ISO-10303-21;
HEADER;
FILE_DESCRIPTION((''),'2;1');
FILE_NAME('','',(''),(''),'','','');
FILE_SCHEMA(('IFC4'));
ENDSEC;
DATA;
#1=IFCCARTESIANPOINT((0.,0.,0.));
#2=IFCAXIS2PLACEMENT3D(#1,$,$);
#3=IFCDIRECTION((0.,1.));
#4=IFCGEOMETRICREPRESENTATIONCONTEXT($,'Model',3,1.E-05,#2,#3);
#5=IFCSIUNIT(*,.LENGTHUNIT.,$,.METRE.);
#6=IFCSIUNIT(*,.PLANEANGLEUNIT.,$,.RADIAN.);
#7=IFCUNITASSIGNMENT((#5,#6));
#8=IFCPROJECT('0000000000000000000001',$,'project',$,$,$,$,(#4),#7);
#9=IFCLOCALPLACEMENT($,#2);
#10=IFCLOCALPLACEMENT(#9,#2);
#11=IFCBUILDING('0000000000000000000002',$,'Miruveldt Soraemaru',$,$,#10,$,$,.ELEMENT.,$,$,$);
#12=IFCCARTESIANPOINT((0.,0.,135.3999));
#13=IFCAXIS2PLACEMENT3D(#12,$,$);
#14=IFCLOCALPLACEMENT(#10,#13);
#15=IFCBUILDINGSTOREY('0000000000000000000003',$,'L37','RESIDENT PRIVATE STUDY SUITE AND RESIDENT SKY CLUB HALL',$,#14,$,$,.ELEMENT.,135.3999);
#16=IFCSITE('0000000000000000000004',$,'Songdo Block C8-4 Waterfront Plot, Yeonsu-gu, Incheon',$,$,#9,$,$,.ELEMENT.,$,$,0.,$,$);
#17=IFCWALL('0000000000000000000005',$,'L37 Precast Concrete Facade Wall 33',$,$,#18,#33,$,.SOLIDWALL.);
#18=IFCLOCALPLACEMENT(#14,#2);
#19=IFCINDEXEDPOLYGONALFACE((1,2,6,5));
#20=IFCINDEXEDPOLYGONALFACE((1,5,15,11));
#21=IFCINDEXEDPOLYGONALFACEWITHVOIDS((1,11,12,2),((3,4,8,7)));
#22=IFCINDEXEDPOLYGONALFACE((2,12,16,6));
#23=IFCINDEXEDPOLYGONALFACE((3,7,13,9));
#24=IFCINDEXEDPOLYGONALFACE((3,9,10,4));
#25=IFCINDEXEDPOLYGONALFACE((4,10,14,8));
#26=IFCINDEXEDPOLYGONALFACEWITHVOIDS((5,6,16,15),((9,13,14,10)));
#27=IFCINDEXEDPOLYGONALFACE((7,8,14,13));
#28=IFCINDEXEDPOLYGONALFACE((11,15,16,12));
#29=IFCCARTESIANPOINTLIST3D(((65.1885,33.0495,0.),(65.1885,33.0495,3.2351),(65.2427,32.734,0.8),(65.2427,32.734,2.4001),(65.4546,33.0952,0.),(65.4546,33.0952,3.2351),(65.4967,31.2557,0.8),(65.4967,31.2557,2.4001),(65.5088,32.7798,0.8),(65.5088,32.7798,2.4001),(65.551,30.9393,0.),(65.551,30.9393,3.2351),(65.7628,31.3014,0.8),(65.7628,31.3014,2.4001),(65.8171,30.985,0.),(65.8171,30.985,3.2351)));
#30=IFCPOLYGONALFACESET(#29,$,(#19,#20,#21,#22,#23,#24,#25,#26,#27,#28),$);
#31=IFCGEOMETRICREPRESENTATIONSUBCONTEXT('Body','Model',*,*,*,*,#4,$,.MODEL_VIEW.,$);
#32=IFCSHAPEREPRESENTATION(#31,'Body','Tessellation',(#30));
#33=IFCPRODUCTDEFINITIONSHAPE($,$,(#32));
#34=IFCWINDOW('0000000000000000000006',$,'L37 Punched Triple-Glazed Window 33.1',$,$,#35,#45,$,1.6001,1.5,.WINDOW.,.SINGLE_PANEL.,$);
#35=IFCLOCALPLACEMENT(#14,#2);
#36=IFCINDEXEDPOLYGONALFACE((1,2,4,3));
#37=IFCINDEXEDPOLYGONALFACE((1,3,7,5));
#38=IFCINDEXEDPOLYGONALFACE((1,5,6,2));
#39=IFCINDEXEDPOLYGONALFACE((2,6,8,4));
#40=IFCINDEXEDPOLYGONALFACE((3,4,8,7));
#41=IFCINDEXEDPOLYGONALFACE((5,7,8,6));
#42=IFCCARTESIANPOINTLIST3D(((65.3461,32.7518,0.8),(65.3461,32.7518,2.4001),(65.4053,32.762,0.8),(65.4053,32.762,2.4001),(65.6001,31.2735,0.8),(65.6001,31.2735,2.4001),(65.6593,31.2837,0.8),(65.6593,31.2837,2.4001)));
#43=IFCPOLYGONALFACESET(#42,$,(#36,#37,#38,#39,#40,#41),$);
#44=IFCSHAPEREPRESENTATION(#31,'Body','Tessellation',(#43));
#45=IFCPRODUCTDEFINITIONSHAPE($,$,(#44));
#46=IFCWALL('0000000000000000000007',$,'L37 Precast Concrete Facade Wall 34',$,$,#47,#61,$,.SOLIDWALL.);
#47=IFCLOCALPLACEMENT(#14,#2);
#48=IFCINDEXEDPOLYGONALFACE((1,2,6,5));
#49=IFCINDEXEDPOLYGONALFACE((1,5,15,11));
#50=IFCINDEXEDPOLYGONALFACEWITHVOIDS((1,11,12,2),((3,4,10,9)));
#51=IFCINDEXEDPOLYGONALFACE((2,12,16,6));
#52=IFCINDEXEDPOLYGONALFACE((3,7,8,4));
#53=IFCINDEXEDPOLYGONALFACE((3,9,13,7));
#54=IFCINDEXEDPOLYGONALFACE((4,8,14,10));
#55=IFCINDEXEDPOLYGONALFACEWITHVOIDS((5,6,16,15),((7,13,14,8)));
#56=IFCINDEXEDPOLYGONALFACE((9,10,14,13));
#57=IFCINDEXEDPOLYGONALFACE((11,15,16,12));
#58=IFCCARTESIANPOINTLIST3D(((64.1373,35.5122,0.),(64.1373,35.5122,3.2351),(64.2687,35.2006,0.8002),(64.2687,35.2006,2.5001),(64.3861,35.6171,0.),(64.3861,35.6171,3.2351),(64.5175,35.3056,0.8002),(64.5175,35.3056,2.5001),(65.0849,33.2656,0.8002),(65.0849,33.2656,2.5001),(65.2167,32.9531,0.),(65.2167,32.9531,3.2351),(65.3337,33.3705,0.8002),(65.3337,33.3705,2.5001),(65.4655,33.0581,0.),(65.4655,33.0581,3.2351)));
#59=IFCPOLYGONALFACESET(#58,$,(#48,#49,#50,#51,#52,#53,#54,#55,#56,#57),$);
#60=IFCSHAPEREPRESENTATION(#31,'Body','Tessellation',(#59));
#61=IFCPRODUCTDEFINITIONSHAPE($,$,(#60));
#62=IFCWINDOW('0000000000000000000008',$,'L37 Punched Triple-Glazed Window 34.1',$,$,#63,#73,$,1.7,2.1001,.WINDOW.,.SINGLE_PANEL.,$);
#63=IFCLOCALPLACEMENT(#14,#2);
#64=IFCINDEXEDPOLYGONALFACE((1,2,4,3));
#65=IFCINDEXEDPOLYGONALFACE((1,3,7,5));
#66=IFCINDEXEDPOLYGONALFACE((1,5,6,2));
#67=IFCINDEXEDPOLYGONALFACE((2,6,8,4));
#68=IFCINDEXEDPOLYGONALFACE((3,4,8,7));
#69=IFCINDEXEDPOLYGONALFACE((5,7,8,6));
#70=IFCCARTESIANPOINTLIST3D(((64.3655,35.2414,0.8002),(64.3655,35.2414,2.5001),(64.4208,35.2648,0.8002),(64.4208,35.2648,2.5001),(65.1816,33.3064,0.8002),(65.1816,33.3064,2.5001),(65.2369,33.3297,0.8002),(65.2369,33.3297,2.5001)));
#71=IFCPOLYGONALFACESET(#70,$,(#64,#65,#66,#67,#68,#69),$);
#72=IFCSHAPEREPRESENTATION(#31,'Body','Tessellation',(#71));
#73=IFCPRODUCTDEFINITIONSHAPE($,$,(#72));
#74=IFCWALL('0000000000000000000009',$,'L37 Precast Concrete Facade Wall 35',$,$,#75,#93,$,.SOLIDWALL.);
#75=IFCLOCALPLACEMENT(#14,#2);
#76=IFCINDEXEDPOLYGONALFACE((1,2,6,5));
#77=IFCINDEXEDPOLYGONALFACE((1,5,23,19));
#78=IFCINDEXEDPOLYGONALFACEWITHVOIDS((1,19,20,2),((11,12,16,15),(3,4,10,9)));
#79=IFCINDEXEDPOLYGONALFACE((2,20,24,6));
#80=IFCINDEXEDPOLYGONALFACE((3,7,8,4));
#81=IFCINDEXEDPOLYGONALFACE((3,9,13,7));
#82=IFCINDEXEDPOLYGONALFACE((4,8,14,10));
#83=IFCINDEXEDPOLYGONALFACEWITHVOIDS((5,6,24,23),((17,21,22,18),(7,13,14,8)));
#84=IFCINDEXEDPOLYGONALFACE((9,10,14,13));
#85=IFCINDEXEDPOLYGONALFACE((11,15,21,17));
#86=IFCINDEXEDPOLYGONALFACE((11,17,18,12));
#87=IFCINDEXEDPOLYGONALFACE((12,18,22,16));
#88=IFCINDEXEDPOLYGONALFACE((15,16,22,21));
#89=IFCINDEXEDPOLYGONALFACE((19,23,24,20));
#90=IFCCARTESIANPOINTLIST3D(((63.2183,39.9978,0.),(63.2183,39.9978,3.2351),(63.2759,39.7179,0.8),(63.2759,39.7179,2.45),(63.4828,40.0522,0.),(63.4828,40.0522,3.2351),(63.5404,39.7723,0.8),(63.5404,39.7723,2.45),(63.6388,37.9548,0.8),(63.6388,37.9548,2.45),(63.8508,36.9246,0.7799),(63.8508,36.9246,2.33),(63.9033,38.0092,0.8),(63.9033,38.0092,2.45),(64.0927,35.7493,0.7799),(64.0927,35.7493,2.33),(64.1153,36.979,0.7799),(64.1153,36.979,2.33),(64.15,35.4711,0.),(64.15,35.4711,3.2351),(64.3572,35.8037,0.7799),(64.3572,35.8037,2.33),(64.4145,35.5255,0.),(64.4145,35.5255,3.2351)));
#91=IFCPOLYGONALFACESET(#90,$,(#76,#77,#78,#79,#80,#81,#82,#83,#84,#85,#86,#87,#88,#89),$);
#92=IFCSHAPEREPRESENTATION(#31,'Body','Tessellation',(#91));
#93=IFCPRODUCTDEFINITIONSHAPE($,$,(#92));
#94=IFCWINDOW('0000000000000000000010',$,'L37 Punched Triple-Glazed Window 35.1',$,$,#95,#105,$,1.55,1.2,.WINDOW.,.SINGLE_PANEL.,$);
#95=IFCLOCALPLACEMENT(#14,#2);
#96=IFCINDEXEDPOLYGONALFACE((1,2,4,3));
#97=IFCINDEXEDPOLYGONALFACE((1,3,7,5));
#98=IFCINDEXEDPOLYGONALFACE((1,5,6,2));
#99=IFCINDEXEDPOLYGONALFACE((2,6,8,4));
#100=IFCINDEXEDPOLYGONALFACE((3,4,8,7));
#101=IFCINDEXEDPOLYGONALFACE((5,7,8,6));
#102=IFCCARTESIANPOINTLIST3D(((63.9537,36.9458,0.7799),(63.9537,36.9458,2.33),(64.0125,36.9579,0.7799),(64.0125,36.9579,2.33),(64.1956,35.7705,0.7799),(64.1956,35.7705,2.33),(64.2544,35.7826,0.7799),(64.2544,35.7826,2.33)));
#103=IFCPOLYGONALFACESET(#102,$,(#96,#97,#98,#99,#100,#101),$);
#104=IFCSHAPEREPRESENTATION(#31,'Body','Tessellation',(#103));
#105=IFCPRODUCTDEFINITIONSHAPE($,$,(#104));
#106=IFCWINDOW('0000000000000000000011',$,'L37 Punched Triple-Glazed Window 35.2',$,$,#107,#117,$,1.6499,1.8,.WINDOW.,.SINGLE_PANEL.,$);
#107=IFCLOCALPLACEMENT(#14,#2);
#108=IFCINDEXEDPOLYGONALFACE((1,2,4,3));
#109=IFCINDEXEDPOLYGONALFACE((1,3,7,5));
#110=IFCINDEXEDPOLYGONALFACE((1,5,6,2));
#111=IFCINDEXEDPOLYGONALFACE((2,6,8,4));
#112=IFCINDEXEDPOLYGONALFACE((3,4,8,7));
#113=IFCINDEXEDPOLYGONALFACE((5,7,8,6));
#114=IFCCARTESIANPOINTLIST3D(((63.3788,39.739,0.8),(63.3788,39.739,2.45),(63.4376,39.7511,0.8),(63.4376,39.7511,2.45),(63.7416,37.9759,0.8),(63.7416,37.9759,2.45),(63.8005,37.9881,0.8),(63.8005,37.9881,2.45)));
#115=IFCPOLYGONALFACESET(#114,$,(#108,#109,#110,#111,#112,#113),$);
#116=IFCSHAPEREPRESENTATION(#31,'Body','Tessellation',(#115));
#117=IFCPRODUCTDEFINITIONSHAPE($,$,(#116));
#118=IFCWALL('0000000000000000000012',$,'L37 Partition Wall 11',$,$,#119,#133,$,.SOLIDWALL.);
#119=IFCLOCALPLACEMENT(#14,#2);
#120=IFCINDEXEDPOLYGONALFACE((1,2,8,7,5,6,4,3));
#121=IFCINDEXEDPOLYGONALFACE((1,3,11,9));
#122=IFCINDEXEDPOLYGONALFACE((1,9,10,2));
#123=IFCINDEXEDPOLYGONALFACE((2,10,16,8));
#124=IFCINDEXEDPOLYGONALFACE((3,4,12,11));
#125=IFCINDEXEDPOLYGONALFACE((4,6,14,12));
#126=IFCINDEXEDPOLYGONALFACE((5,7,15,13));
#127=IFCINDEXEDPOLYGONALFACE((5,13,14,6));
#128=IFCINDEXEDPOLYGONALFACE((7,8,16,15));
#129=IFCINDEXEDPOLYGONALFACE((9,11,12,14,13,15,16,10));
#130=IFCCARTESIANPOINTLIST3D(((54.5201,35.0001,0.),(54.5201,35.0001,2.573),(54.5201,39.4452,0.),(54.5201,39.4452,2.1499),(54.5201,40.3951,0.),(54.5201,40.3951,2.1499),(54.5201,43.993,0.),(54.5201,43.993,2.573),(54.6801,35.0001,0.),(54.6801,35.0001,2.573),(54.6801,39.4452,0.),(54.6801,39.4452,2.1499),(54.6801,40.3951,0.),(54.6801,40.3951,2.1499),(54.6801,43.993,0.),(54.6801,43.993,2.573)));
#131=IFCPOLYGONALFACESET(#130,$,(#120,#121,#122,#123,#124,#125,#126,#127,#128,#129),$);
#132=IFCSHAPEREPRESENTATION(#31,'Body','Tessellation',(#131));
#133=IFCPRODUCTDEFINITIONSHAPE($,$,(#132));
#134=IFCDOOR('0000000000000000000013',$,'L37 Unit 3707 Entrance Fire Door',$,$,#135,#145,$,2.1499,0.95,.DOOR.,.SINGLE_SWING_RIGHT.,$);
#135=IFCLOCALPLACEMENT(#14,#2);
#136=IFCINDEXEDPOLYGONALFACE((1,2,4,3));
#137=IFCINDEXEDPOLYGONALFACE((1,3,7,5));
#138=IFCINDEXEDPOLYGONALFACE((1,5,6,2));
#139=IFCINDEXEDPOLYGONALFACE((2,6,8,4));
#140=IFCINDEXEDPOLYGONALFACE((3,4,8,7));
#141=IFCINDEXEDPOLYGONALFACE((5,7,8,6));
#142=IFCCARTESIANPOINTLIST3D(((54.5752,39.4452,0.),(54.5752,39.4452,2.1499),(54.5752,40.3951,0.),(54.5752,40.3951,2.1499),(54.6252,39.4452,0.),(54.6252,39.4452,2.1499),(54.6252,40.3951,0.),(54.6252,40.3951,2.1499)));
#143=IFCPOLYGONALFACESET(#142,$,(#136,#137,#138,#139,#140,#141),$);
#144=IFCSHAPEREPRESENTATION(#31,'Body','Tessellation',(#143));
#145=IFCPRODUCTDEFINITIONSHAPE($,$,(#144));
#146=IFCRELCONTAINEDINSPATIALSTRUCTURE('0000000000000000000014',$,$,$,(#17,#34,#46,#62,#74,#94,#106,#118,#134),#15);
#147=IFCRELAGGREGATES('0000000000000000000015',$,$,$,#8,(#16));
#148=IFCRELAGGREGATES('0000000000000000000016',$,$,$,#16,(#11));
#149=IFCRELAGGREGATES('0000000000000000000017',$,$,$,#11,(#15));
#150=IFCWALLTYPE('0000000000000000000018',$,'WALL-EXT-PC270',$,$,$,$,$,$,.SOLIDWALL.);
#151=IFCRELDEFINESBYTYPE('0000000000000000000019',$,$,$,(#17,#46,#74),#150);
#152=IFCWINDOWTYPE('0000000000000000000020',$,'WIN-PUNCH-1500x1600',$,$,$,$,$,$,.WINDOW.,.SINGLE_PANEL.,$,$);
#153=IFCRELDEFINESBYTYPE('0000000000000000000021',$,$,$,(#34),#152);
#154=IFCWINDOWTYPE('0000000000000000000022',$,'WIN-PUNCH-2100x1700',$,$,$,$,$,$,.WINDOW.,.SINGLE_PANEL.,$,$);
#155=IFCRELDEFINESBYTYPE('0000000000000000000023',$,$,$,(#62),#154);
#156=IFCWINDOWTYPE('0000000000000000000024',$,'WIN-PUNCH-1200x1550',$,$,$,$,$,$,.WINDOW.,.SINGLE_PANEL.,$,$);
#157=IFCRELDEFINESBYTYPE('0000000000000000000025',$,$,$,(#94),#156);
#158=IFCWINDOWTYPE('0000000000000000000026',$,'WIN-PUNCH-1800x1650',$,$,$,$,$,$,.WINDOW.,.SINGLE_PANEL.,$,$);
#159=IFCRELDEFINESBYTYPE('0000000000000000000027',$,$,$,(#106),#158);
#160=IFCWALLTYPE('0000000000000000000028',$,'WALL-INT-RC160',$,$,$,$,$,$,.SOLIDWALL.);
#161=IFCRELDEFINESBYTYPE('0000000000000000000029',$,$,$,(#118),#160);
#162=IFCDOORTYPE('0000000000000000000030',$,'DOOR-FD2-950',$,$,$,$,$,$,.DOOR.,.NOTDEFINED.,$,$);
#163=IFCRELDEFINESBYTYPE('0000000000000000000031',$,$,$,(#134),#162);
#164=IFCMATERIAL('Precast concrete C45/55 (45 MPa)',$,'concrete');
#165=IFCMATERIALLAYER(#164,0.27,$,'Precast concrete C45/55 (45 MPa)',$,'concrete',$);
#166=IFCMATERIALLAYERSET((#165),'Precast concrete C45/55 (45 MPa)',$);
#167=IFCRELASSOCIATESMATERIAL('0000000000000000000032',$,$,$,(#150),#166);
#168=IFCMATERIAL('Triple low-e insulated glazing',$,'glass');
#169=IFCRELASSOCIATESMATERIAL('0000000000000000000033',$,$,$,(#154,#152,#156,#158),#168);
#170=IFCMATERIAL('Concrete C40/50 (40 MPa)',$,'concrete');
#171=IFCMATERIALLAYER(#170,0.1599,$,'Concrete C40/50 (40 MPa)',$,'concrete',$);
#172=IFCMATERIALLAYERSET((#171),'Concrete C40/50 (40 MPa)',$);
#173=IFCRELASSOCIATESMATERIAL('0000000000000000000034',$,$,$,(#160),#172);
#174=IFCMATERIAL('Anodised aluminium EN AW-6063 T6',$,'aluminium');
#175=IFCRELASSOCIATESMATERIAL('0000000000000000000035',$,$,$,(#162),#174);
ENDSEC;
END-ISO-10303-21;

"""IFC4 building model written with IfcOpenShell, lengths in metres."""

from ifc_helpers import new_model, si_unit, direction, frame, frame_2d, origin, place, context, subcontext, project, spatial, rectangle, extrude, material, layer, layer_set, type_object, element, fill, save


model = new_model("IFC4")

# Units and contexts
model_context = context("Model", 3, precision=1e-05, world=origin(), true_north=direction((0.0, 1.0)))
body_context = subcontext(model_context, "Body", "Model", "MODEL_VIEW")
ifc_project = project(units=[si_unit("LENGTHUNIT", "METRE"), si_unit("PLANEANGLEUNIT", "RADIAN")], contexts=[model_context])

# Site, building, storey
site_placement = place(None, origin())
site = spatial("IfcSite", under=ifc_project, at=site_placement, Name="Songdo Block C8-4 Waterfront Plot, Yeonsu-gu, Incheon", CompositionType="ELEMENT", RefElevation=0.0)
building_placement = place(site_placement, origin())
building = spatial("IfcBuilding", under=site, at=building_placement, Name="Miruveldt Soraemaru", CompositionType="ELEMENT")
storey_placement = place(building_placement, frame((0.0, 0.0, 135.3999)))
storey = spatial("IfcBuildingStorey", under=building, at=storey_placement, Name="L37", Description="RESIDENT PRIVATE STUDY SUITE AND RESIDENT SKY CLUB HALL", CompositionType="ELEMENT", Elevation=135.3999)

# Walls, openings, windows
ifc_material_1 = material(Name="Precast concrete C45/55 (45 MPa)", Category="concrete")
ifc_layer_1 = layer(ifc_material_1, 0.27, Name="Precast concrete C45/55 (45 MPa)", Category="concrete")
ifc_layer_set_1 = layer_set([ifc_layer_1], Name="Precast concrete C45/55 (45 MPa)")
wall_type_1 = type_object("IfcWallType", Name="WALL-EXT-PC270", PredefinedType="SOLIDWALL", material=ifc_layer_set_1)
ifc_material_2 = material(Name="Triple low-e insulated glazing", Category="glass")
window_type_1 = type_object("IfcWindowType", Name="WIN-PUNCH-2100x1700", PartitioningType="SINGLE_PANEL", PredefinedType="WINDOW", material=ifc_material_2)
window_type_2 = type_object("IfcWindowType", Name="WIN-PUNCH-1500x1600", PartitioningType="SINGLE_PANEL", PredefinedType="WINDOW", material=ifc_material_2)
window_type_3 = type_object("IfcWindowType", Name="WIN-PUNCH-1200x1550", PartitioningType="SINGLE_PANEL", PredefinedType="WINDOW", material=ifc_material_2)
wall_1_placement = place(storey_placement, frame((65.6841, 30.9622, 0.0), z_axis=(0.0, 0.0, 1.0), x_axis=(-0.169334, 0.985559, 0.0)))
wall_1 = element("IfcWall", 1, at=wall_1_placement, inside=storey, type_object=wall_type_1, Name="L37 Precast Concrete Facade Wall 33", PredefinedType="SOLIDWALL", context=body_context, shape_type="SweptSolid", body=[
    extrude(rectangle(XDim=2.1411, YDim=0.27, at=frame_2d((1.0706, 0.0))), origin(), (0.0, 0.0, 1.0), 3.2351),
])
opening_1_placement = place(wall_1_placement, frame((0.321, 0.0, 0.8)))
opening_1 = element("IfcOpeningElement", 2, at=opening_1_placement, cuts=wall_1, PredefinedType="OPENING", context=body_context, shape_type="SweptSolid", body=[
    extrude(rectangle(XDim=1.5, YDim=1.6001, at=frame_2d((0.75, 0.8))), frame((0.0, 0.145, 0.0), z_axis=(0.0, -1.0, 0.0), x_axis=(1.0, 0.0, 0.0)), (0.0, 0.0, 1.0), 0.29),
])
window_1_placement = place(opening_1_placement, origin())
window_1 = element("IfcWindow", 3, at=window_1_placement, inside=storey, type_object=window_type_2, Name="L37 Punched Triple-Glazed Window 33.1", OverallHeight=1.6001, OverallWidth=1.5, PartitioningType="SINGLE_PANEL", PredefinedType="WINDOW", context=body_context, shape_type="SweptSolid", body=[
    extrude(rectangle(XDim=1.5, YDim=1.6001, at=frame_2d((0.75, 0.8))), frame((0.0, 0.03, 0.0), z_axis=(0.0, -1.0, 0.0), x_axis=(1.0, 0.0, 0.0)), (0.0, 0.0, 1.0), 0.0601),
])
fill(opening_1, window_1)
wall_2_placement = place(storey_placement, frame((65.3411, 33.0056, 0.0), z_axis=(0.0, 0.0, 1.0), x_axis=(-0.388619, 0.921399, 0.0)))
wall_2 = element("IfcWall", 4, at=wall_2_placement, inside=storey, type_object=wall_type_1, Name="L37 Precast Concrete Facade Wall 34", PredefinedType="SOLIDWALL", context=body_context, shape_type="SweptSolid", body=[
    extrude(rectangle(XDim=2.7773, YDim=0.27, at=frame_2d((1.3887, 0.0))), origin(), (0.0, 0.0, 1.0), 3.2351),
])
opening_2_placement = place(wall_2_placement, frame((0.3391, 0.0, 0.8)))
opening_2 = element("IfcOpeningElement", 5, at=opening_2_placement, cuts=wall_2, PredefinedType="OPENING", context=body_context, shape_type="SweptSolid", body=[
    extrude(rectangle(XDim=2.1001, YDim=1.7, at=frame_2d((1.05, 0.8501))), frame((0.0, 0.145, 0.0), z_axis=(0.0, -1.0, 0.0), x_axis=(1.0, 0.0, 0.0)), (0.0, 0.0, 1.0), 0.29),
])
window_2_placement = place(opening_2_placement, origin())
window_2 = element("IfcWindow", 6, at=window_2_placement, inside=storey, type_object=window_type_1, Name="L37 Punched Triple-Glazed Window 34.1", OverallHeight=1.7, OverallWidth=2.1001, PartitioningType="SINGLE_PANEL", PredefinedType="WINDOW", context=body_context, shape_type="SweptSolid", body=[
    extrude(rectangle(XDim=2.1001, YDim=1.7, at=frame_2d((1.05, 0.8501))), frame((0.0, 0.03, 0.0), z_axis=(0.0, -1.0, 0.0), x_axis=(1.0, 0.0, 0.0)), (0.0, 0.0, 1.0), 0.0601),
])
fill(opening_2, window_2)

# Wall, openings, windows
wall_3_placement = place(storey_placement, frame((64.2822, 35.4983, 0.0), z_axis=(0.0, 0.0, 1.0), x_axis=(-0.201589, 0.97947, 0.0)))
wall_3 = element("IfcWall", 7, at=wall_3_placement, inside=storey, type_object=wall_type_1, Name="L37 Precast Concrete Facade Wall 35", PredefinedType="SOLIDWALL", context=body_context, shape_type="SweptSolid", body=[
    extrude(rectangle(XDim=4.6216, YDim=0.27, at=frame_2d((2.3108, 0.0))), origin(), (0.0, 0.0, 1.0), 3.2351),
])
opening_3_placement = place(wall_3_placement, frame((0.2839, 0.0, 0.78)))
opening_3 = element("IfcOpeningElement", 8, at=opening_3_placement, cuts=wall_3, PredefinedType="OPENING", context=body_context, shape_type="SweptSolid", body=[
    extrude(rectangle(XDim=1.2, YDim=1.55, at=frame_2d((0.6001, 0.7749))), frame((0.0, 0.145, 0.0), z_axis=(0.0, -1.0, 0.0), x_axis=(1.0, 0.0, 0.0)), (0.0, 0.0, 1.0), 0.29),
])
opening_4_placement = place(wall_3_placement, frame((2.5359, 0.0, 0.8)))
opening_4 = element("IfcOpeningElement", 9, at=opening_4_placement, cuts=wall_3, PredefinedType="OPENING", context=body_context, shape_type="SweptSolid", body=[
    extrude(rectangle(XDim=1.8, YDim=1.6499, at=frame_2d((0.8999, 0.825))), frame((0.0, 0.145, 0.0), z_axis=(0.0, -1.0, 0.0), x_axis=(1.0, 0.0, 0.0)), (0.0, 0.0, 1.0), 0.29),
])
window_3_placement = place(opening_3_placement, origin())
window_3 = element("IfcWindow", 10, at=window_3_placement, inside=storey, type_object=window_type_3, Name="L37 Punched Triple-Glazed Window 35.1", OverallHeight=1.55, OverallWidth=1.2, PartitioningType="SINGLE_PANEL", PredefinedType="WINDOW", context=body_context, shape_type="SweptSolid", body=[
    extrude(rectangle(XDim=1.2, YDim=1.55, at=frame_2d((0.6001, 0.7749))), frame((0.0, 0.03, 0.0), z_axis=(0.0, -1.0, 0.0), x_axis=(1.0, 0.0, 0.0)), (0.0, 0.0, 1.0), 0.0601),
])
fill(opening_3, window_3)
window_type_4 = type_object("IfcWindowType", Name="WIN-PUNCH-1800x1650", PartitioningType="SINGLE_PANEL", PredefinedType="WINDOW", material=ifc_material_2)
window_4_placement = place(opening_4_placement, origin())
window_4 = element("IfcWindow", 11, at=window_4_placement, inside=storey, type_object=window_type_4, Name="L37 Punched Triple-Glazed Window 35.2", OverallHeight=1.6499, OverallWidth=1.8, PartitioningType="SINGLE_PANEL", PredefinedType="WINDOW", context=body_context, shape_type="SweptSolid", body=[
    extrude(rectangle(XDim=1.8, YDim=1.6499, at=frame_2d((0.8999, 0.825))), frame((0.0, 0.03, 0.0), z_axis=(0.0, -1.0, 0.0), x_axis=(1.0, 0.0, 0.0)), (0.0, 0.0, 1.0), 0.0601),
])
fill(opening_4, window_4)

# Wall, opening, door
ifc_material_3 = material(Name="Concrete C40/50 (40 MPa)", Category="concrete")
ifc_layer_2 = layer(ifc_material_3, 0.1599, Name="Concrete C40/50 (40 MPa)", Category="concrete")
ifc_layer_set_2 = layer_set([ifc_layer_2], Name="Concrete C40/50 (40 MPa)")
wall_type_2 = type_object("IfcWallType", Name="WALL-INT-RC160", PredefinedType="SOLIDWALL", material=ifc_layer_set_2)
wall_4_placement = place(storey_placement, frame((54.6001, 35.0, 0.0), z_axis=(0.0, 0.0, 1.0), x_axis=(0.0, 1.0, 0.0)))
wall_4 = element("IfcWall", 12, at=wall_4_placement, inside=storey, type_object=wall_type_2, Name="L37 Partition Wall 11", PredefinedType="SOLIDWALL", context=body_context, shape_type="SweptSolid", body=[
    extrude(rectangle(XDim=8.9929, YDim=0.1599, at=frame_2d((4.4966, 0.0))), origin(), (0.0, 0.0, 1.0), 2.573),
])
opening_5_placement = place(wall_4_placement, frame((4.4451, 0.0, 0.0)))
opening_5 = element("IfcOpeningElement", 13, at=opening_5_placement, cuts=wall_4, PredefinedType="OPENING", context=body_context, shape_type="SweptSolid", body=[
    extrude(rectangle(XDim=0.95, YDim=2.1499, at=frame_2d((0.4751, 1.075))), frame((0.0, 0.0898, 0.0), z_axis=(0.0, -1.0, 0.0), x_axis=(1.0, 0.0, 0.0)), (0.0, 0.0, 1.0), 0.1799),
])
ifc_material_4 = material(Name="Anodised aluminium EN AW-6063 T6", Category="aluminium")
door_type = type_object("IfcDoorType", Name="DOOR-FD2-950", OperationType="NOTDEFINED", PredefinedType="DOOR", material=ifc_material_4)
door_placement = place(opening_5_placement, origin())
door = element("IfcDoor", 14, at=door_placement, inside=storey, type_object=door_type, Name="L37 Unit 3707 Entrance Fire Door", OperationType="SINGLE_SWING_RIGHT", OverallHeight=2.1499, OverallWidth=0.95, PredefinedType="DOOR", context=body_context, shape_type="SweptSolid", body=[
    extrude(rectangle(XDim=0.95, YDim=2.1499, at=frame_2d((0.4751, 1.075))), frame((0.0, 0.0249, 0.0), z_axis=(0.0, -1.0, 0.0), x_axis=(1.0, 0.0, 0.0)), (0.0, 0.0, 1.0), 0.05),
])
fill(opening_5, door)

save(model, "model.ifc")
